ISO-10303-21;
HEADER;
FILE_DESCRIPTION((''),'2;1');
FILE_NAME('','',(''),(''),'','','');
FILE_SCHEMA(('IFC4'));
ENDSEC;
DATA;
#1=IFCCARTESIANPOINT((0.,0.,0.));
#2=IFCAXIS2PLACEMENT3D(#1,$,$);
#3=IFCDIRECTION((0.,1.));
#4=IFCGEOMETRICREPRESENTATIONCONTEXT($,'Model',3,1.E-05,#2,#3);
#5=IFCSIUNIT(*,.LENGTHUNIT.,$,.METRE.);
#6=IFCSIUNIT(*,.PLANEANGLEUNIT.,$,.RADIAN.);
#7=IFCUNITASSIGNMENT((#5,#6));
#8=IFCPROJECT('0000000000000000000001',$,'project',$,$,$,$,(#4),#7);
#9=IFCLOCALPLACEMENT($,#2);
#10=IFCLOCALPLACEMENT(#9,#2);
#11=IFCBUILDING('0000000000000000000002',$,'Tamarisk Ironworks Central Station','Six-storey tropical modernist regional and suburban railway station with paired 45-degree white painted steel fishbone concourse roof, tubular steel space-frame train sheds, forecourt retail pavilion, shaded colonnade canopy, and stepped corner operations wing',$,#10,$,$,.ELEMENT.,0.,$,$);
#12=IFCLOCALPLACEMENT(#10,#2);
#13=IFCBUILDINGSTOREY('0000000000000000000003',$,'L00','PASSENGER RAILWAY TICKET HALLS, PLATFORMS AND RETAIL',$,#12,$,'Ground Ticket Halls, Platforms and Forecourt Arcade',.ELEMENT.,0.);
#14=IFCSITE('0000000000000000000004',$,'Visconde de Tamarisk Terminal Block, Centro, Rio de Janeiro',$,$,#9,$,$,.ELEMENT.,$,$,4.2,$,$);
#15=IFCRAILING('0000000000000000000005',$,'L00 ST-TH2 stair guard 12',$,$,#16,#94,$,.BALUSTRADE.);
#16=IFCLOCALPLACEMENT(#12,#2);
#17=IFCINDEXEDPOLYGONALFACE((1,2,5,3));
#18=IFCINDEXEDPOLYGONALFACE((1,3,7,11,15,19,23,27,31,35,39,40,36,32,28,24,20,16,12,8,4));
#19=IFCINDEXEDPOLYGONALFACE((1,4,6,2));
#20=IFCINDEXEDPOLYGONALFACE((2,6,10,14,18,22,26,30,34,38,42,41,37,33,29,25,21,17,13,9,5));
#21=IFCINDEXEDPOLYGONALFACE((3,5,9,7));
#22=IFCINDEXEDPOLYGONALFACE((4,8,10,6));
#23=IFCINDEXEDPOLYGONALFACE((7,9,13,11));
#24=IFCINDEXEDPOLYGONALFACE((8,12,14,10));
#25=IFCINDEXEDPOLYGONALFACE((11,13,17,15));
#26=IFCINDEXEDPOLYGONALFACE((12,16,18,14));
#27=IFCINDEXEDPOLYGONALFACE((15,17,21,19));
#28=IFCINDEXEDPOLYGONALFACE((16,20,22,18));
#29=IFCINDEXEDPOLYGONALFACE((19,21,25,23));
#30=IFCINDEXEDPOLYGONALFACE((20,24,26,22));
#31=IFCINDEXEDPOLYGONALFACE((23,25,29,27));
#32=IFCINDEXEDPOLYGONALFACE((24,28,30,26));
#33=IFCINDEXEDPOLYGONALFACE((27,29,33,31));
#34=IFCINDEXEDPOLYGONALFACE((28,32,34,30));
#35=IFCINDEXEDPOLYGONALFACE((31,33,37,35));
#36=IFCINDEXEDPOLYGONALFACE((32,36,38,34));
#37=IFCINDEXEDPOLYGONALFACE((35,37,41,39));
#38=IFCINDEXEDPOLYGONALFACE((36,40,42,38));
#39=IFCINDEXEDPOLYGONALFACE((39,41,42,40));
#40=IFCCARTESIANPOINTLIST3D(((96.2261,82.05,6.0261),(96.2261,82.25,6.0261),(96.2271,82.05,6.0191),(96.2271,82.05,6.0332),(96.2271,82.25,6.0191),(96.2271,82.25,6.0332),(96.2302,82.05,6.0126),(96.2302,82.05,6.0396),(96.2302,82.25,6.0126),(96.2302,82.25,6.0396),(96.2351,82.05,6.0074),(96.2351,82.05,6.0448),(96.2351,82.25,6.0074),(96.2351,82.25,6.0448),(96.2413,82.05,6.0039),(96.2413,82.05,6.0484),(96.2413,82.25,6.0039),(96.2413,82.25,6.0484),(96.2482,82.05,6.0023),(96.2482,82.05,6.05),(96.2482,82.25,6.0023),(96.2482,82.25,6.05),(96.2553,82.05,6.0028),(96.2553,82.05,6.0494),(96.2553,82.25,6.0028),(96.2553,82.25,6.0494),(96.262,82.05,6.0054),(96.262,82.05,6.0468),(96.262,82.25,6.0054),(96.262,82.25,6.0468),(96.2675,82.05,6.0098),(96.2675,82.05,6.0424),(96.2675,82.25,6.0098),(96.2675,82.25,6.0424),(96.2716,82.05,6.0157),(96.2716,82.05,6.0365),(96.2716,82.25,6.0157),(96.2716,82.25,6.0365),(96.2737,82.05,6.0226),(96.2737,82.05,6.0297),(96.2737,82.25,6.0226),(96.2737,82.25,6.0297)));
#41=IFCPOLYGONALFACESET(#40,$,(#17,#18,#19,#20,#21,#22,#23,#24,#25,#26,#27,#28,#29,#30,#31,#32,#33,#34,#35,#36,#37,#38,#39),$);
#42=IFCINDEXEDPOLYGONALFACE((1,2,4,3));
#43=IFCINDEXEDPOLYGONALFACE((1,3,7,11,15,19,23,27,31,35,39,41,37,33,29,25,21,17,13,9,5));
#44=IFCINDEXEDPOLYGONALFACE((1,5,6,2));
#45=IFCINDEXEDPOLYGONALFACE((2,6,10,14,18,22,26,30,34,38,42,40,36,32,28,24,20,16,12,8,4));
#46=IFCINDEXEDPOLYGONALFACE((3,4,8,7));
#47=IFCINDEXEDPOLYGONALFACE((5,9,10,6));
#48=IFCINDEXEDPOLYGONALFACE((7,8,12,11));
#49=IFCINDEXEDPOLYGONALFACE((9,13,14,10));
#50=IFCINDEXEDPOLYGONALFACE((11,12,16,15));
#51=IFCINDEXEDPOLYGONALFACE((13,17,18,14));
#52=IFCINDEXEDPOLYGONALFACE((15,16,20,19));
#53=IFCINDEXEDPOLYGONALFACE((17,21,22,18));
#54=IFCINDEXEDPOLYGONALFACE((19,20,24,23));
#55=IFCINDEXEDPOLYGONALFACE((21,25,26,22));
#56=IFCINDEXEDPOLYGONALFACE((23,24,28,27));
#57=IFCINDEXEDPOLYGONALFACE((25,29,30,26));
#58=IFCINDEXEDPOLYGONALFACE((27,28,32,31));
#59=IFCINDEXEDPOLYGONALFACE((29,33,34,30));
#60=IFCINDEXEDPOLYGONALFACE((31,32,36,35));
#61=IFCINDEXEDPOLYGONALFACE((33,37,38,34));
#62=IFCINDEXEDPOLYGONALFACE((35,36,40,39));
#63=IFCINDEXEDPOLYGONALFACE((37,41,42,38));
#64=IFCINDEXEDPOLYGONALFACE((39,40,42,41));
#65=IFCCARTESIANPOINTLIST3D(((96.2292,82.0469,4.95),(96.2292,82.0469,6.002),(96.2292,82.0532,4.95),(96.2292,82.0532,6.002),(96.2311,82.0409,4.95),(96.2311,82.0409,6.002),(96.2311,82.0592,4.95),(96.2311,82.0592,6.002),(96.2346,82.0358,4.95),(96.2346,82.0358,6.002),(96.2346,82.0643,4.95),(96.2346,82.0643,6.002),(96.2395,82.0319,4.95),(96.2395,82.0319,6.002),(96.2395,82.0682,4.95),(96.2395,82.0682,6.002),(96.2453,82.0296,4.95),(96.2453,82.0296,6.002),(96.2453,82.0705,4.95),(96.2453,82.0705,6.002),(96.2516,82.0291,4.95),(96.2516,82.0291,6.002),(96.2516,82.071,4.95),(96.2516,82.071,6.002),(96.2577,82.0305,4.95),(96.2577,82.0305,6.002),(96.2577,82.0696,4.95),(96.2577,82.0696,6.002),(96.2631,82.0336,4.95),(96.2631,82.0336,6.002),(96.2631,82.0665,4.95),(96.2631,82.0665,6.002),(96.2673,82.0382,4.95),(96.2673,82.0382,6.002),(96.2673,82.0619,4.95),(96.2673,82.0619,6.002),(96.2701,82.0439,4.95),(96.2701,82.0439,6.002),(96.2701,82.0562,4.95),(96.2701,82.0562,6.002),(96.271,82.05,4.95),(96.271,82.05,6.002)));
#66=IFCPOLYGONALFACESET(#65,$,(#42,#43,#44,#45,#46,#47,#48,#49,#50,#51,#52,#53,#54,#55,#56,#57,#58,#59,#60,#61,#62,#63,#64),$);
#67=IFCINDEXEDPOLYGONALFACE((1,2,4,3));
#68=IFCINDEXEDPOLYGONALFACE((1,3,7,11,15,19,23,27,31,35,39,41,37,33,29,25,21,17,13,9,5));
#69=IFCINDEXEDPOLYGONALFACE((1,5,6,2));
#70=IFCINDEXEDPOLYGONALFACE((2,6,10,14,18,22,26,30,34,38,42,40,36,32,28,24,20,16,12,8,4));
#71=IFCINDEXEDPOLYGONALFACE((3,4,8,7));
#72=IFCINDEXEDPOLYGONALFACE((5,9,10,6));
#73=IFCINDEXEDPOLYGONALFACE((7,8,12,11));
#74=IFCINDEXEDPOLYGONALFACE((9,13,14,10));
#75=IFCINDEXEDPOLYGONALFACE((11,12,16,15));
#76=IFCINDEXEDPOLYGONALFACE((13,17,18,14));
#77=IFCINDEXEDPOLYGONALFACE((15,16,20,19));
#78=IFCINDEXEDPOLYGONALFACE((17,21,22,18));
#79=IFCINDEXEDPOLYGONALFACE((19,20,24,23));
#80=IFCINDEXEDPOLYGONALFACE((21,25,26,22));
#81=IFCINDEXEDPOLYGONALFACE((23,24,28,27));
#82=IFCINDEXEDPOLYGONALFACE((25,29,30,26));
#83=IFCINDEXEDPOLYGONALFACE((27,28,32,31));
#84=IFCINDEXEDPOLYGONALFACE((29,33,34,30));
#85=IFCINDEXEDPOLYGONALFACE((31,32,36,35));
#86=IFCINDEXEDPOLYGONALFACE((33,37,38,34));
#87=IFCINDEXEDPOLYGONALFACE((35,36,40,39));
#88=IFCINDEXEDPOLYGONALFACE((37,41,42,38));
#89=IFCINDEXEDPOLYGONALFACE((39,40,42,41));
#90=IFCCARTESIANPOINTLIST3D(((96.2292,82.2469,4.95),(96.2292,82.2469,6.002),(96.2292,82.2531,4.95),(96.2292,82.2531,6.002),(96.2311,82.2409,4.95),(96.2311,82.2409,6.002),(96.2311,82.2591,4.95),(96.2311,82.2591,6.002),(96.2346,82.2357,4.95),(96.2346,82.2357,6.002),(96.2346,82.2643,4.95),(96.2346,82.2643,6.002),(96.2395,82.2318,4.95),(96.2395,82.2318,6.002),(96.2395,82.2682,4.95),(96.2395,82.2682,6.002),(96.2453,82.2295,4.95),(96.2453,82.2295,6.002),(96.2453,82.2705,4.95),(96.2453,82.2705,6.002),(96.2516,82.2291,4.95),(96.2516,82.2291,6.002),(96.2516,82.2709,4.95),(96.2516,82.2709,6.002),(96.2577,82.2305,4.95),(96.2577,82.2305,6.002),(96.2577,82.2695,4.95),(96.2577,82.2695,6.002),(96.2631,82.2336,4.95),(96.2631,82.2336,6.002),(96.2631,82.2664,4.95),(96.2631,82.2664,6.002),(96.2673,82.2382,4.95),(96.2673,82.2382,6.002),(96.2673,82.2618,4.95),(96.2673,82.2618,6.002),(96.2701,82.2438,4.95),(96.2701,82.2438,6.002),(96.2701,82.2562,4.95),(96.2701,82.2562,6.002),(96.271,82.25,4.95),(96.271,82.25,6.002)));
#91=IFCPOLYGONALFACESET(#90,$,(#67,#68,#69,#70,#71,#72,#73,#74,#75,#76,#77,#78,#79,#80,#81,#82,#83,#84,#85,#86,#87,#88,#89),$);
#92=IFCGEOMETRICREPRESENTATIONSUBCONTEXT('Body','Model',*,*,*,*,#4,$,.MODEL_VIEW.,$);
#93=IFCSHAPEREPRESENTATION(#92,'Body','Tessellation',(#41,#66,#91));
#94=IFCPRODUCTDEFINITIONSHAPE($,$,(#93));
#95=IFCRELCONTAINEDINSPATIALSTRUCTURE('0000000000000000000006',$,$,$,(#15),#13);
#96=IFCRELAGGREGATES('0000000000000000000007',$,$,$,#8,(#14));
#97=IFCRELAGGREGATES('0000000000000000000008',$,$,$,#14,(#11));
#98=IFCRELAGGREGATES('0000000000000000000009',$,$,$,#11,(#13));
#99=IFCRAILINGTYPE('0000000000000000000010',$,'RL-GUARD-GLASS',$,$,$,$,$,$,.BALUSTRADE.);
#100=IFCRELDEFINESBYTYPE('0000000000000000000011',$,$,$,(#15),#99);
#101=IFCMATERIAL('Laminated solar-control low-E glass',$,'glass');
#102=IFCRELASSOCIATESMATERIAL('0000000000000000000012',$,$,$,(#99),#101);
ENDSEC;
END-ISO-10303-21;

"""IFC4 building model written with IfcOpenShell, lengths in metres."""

from ifc_helpers import new_model, si_unit, direction, frame, origin, origin_2d, place, context, subcontext, project, spatial, circle, extrude, material, type_object, element, save


model = new_model("IFC4")

# Units and contexts
model_context = context("Model", 3, precision=1e-05, world=origin(), true_north=direction((0.0, 1.0)))
body_context = subcontext(model_context, "Body", "Model", "MODEL_VIEW")
ifc_project = project(units=[si_unit("LENGTHUNIT", "METRE"), si_unit("PLANEANGLEUNIT", "RADIAN")], contexts=[model_context])

# Site, building, storey
site_placement = place(None, origin())
site = spatial("IfcSite", under=ifc_project, at=site_placement, Name="Visconde de Tamarisk Terminal Block, Centro, Rio de Janeiro", CompositionType="ELEMENT", RefElevation=4.2)
building_placement = place(site_placement, origin())
building = spatial("IfcBuilding", under=site, at=building_placement, Name="Tamarisk Ironworks Central Station", Description="Six-storey tropical modernist regional and suburban railway station with paired 45-degree white painted steel fishbone concourse roof, tubular steel space-frame train sheds, forecourt retail pavilion, shaded colonnade canopy, and stepped corner operations wing", CompositionType="ELEMENT", ElevationOfRefHeight=0.0)
storey_placement = place(building_placement, origin())
storey = spatial("IfcBuildingStorey", under=building, at=storey_placement, Name="L00", Description="PASSENGER RAILWAY TICKET HALLS, PLATFORMS AND RETAIL", LongName="Ground Ticket Halls, Platforms and Forecourt Arcade", CompositionType="ELEMENT", Elevation=0.0)

# Railing
ifc_material_1 = material(Name="Laminated solar-control low-E glass", Category="glass")
railing_type_1 = type_object("IfcRailingType", Name="RL-GUARD-GLASS", PredefinedType="BALUSTRADE", material=ifc_material_1)
railing_1_placement = place(storey_placement, frame((96.25, 82.05, 4.95)))
element("IfcRailing", 1, at=railing_1_placement, inside=storey, type_object=railing_type_1, Name="L00 ST-TH2 stair guard 12", PredefinedType="BALUSTRADE", context=body_context, shape_type="SweptSolid", body=[
    extrude(circle(Radius=0.0239, at=origin_2d()), frame((0.0, 0.0, 1.0762), z_axis=(0.0, 1.0, 0.0), x_axis=(-1.0, 0.0, 0.0)), (0.0, 0.0, 1.0), 0.2),
    extrude(circle(Radius=0.021, at=origin_2d()), origin(), (0.0, 0.0, 1.0), 1.052),
    extrude(circle(Radius=0.021, at=origin_2d()), frame((0.0, 0.2, 0.0)), (0.0, 0.0, 1.0), 1.052),
])

save(model, "model.ifc")
